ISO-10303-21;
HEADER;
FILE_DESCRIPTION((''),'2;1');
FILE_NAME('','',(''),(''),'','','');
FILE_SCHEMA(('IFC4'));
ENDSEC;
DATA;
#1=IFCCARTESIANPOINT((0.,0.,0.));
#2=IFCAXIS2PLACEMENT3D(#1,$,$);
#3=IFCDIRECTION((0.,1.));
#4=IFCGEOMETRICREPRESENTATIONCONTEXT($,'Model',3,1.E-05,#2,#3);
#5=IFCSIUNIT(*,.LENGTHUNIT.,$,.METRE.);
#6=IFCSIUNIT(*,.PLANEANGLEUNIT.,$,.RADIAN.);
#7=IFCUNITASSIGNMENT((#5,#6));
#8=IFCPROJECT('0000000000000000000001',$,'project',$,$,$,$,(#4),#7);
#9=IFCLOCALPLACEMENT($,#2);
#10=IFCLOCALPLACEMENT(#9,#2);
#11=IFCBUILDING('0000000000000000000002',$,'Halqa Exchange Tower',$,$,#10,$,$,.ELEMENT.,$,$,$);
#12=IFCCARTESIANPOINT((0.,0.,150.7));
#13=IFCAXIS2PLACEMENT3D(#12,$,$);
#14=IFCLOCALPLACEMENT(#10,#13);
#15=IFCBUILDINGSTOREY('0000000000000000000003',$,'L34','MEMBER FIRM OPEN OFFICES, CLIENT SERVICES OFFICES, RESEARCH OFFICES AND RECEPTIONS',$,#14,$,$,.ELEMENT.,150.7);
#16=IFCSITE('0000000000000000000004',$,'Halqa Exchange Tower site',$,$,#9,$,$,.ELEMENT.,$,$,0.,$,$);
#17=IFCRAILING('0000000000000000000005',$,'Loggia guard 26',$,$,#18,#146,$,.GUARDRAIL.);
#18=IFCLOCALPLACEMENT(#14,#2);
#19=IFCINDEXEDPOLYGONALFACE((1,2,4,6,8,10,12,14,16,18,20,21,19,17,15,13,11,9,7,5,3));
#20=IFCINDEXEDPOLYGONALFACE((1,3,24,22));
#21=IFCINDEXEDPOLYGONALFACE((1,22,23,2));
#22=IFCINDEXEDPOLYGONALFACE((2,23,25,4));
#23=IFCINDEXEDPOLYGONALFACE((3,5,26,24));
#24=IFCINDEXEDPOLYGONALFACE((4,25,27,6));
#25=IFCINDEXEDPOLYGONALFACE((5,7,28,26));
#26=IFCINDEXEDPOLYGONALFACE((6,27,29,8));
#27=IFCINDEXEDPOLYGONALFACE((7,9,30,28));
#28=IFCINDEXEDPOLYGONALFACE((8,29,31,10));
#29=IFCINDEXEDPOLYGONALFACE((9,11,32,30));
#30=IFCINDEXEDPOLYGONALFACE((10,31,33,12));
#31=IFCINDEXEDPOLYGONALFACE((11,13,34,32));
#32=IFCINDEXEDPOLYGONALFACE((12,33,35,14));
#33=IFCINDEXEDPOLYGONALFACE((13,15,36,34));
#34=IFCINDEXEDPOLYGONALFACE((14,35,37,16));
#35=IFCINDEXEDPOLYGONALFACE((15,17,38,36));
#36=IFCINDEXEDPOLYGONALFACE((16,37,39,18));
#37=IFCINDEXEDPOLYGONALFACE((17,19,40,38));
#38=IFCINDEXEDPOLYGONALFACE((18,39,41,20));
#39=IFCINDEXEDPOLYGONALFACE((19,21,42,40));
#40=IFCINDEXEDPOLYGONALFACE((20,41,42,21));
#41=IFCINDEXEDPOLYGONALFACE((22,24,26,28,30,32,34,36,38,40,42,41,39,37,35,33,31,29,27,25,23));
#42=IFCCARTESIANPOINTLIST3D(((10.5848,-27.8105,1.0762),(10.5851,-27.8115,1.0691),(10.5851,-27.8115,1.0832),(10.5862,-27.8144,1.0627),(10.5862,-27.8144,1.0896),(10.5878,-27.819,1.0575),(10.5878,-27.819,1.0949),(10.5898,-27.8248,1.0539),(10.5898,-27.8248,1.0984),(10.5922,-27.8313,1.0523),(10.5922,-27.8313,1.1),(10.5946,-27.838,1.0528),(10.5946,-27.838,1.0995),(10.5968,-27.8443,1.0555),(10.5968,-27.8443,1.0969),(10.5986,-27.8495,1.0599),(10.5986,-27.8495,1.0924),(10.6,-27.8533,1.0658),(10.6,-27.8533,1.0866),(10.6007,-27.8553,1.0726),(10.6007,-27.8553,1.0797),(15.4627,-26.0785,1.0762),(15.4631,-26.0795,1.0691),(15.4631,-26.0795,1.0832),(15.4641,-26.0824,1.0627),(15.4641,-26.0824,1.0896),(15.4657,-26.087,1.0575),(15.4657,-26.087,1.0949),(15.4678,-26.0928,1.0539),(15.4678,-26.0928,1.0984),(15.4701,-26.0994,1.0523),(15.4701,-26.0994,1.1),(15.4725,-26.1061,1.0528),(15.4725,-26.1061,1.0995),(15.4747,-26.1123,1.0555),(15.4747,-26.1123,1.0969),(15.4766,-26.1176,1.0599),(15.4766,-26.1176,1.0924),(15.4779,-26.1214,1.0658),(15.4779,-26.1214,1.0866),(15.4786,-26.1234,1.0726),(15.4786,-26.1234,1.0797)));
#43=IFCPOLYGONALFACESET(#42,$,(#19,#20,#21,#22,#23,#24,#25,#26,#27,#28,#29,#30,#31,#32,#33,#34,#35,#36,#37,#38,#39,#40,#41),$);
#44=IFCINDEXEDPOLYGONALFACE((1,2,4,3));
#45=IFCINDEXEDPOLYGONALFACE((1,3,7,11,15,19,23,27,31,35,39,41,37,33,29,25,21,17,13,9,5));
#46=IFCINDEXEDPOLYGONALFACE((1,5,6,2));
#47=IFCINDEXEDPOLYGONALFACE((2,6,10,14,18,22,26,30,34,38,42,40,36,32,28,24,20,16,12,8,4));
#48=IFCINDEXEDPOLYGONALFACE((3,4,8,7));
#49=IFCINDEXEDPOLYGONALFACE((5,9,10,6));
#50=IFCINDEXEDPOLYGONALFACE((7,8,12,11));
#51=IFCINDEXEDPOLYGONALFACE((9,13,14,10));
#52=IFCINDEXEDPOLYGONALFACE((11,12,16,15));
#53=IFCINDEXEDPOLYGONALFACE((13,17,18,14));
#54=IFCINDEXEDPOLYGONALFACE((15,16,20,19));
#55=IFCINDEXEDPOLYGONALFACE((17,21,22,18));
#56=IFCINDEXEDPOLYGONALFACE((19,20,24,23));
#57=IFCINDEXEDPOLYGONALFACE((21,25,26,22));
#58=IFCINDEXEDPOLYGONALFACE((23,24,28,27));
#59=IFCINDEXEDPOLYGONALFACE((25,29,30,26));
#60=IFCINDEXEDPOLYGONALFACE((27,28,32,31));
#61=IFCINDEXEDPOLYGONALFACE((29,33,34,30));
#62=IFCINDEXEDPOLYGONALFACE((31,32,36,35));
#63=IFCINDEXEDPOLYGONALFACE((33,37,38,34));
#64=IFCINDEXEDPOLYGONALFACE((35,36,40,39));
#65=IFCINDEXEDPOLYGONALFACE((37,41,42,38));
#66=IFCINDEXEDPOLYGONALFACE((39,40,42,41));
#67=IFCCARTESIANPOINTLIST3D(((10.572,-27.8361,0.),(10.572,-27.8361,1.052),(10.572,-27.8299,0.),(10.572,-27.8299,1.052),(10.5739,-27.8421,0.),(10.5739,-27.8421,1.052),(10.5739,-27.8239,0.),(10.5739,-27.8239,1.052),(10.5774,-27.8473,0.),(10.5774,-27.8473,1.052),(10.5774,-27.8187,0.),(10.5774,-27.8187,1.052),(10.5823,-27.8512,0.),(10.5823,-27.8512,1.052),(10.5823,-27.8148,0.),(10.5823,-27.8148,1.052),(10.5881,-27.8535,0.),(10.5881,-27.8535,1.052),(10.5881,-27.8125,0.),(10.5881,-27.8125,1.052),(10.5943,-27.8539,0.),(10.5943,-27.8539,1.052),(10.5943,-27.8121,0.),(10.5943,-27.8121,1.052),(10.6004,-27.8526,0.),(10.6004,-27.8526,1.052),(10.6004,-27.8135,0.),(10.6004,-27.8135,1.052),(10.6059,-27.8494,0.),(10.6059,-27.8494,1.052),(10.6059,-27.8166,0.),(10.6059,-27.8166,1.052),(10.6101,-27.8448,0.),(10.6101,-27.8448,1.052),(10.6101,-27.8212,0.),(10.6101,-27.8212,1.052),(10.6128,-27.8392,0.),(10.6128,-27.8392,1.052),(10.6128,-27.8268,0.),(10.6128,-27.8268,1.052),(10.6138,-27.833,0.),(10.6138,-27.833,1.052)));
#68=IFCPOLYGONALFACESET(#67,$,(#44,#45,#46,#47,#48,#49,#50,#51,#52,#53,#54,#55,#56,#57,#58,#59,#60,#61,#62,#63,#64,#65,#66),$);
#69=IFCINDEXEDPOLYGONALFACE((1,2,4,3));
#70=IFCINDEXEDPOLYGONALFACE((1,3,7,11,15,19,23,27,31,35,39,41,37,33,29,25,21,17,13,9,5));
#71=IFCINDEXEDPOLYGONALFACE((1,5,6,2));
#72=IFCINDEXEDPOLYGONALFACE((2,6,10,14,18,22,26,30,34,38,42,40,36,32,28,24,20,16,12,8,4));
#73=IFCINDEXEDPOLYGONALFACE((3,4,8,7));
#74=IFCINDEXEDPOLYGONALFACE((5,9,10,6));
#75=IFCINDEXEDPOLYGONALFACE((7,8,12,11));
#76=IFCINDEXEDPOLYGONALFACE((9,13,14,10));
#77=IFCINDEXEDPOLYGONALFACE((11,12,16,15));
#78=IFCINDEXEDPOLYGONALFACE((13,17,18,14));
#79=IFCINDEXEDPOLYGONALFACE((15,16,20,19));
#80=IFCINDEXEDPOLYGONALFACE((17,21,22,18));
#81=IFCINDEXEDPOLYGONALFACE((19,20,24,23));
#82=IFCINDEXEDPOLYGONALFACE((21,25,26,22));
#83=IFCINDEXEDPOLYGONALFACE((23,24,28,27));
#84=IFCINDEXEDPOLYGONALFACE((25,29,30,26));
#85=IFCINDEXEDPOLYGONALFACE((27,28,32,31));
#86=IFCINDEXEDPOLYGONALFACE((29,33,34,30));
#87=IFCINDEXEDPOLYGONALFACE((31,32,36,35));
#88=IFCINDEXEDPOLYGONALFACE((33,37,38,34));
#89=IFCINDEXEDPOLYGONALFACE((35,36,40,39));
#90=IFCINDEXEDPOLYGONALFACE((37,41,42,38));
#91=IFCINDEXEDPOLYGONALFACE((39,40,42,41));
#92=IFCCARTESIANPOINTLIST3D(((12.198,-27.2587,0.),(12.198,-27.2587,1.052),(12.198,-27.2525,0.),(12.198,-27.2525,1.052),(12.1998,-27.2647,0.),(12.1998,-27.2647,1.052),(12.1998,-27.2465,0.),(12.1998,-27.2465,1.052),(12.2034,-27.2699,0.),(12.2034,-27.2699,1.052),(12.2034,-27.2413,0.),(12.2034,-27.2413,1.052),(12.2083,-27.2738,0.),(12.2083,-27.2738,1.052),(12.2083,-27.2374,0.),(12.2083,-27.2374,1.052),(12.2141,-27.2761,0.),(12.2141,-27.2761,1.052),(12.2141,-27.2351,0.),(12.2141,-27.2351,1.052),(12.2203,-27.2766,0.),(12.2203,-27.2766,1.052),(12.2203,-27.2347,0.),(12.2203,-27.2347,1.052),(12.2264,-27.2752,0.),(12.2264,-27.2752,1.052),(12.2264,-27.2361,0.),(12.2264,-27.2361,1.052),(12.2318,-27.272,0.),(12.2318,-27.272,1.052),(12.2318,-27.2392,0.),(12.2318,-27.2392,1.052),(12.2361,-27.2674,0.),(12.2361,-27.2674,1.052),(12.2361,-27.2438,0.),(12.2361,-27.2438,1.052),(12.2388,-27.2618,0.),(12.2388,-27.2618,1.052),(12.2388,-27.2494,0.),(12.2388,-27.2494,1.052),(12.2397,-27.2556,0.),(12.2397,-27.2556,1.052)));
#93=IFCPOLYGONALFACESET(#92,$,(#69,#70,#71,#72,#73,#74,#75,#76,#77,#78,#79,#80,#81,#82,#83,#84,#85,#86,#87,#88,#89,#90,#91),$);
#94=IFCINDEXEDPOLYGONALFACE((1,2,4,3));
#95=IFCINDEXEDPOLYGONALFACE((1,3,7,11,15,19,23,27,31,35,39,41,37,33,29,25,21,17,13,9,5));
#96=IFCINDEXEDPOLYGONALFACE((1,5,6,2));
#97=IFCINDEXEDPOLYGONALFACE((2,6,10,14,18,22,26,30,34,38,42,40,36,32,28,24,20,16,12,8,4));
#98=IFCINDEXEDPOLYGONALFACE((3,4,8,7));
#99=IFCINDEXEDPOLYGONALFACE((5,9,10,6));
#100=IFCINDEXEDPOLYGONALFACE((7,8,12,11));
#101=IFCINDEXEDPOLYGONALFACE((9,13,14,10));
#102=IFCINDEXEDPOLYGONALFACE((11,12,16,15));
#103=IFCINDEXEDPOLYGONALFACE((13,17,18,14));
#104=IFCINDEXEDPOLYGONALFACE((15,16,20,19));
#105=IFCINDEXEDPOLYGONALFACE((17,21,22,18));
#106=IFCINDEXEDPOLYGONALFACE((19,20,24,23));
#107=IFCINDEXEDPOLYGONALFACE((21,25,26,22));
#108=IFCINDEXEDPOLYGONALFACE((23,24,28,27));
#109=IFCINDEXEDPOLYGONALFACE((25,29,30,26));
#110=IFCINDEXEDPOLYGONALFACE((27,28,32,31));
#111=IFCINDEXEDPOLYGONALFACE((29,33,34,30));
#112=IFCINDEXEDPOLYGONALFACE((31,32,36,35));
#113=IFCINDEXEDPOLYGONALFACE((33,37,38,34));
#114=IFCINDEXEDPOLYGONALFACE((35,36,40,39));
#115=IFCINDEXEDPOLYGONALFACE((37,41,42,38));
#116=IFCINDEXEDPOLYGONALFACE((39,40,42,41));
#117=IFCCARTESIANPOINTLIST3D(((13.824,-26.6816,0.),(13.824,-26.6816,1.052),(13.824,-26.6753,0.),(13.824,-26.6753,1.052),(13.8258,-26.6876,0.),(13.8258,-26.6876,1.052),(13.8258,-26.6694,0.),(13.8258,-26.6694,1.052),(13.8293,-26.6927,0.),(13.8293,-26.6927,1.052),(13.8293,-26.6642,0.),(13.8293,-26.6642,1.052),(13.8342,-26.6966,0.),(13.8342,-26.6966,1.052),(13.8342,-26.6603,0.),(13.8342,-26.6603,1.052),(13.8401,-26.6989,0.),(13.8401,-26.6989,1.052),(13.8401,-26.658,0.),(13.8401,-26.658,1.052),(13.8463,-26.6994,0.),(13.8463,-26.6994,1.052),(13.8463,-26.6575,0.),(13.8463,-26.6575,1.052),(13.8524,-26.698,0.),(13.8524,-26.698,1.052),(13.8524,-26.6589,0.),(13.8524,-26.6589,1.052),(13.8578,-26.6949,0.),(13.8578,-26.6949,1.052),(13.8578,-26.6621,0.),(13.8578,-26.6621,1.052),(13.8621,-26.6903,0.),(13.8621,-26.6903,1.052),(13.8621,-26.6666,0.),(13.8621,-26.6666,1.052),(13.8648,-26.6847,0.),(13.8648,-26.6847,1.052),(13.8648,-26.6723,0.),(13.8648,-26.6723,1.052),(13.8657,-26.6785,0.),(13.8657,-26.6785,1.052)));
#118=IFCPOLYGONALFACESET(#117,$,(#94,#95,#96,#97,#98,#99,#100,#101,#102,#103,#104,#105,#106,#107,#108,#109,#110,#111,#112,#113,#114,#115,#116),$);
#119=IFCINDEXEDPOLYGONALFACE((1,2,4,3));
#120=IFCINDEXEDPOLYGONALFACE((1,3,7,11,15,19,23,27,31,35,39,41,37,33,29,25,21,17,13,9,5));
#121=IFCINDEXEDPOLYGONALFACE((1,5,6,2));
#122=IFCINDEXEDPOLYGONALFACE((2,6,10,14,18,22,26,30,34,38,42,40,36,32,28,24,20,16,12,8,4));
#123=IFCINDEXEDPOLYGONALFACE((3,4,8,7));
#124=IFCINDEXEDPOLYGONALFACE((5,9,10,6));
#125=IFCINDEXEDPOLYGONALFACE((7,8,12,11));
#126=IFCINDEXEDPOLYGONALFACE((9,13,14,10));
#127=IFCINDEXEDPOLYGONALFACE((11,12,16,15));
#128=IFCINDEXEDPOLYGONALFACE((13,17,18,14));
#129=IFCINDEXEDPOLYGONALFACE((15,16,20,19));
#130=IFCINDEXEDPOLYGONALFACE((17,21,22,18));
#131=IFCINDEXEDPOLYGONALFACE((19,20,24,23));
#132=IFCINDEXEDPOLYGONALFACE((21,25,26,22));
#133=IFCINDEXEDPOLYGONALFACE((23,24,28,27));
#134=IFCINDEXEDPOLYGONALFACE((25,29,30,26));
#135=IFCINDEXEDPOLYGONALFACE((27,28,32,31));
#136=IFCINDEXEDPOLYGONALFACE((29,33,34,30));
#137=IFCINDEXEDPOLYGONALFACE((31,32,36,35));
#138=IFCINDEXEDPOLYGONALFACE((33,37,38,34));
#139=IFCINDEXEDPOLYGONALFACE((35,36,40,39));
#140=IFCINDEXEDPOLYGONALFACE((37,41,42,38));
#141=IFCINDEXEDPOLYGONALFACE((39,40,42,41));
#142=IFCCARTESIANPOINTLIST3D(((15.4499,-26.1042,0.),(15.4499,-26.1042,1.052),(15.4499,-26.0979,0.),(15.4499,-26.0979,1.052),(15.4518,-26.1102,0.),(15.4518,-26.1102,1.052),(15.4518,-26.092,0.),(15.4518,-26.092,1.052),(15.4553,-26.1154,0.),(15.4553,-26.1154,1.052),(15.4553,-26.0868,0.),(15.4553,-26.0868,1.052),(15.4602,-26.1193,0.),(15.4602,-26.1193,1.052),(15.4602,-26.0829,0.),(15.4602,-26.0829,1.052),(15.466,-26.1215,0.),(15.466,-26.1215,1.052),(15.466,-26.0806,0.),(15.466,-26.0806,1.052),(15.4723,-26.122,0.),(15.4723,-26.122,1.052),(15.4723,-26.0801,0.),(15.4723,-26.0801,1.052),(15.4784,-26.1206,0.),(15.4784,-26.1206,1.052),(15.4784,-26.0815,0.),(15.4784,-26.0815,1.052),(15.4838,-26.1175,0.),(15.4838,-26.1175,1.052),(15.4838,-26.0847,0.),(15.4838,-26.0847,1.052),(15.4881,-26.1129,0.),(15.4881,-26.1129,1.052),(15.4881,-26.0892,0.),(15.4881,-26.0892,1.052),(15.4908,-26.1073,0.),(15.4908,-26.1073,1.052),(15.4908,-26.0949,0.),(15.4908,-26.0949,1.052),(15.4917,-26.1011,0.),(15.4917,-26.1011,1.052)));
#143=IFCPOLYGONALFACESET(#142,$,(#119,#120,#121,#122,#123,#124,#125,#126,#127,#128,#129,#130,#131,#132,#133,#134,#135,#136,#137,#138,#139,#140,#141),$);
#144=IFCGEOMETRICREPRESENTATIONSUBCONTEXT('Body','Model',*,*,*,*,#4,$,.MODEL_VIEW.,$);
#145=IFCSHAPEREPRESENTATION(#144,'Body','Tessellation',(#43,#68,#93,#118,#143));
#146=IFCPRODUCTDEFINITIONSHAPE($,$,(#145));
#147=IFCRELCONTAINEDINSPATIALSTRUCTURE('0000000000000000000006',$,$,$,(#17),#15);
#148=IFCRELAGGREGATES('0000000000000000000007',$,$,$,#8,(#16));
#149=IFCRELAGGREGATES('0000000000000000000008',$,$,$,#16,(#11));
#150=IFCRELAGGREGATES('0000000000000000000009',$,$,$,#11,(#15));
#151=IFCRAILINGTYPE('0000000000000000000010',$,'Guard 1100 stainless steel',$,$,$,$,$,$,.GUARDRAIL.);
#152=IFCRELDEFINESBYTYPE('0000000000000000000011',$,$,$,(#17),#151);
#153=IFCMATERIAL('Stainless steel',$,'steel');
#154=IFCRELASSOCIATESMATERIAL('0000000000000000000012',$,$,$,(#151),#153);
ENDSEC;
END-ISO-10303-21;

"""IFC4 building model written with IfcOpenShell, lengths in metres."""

from ifc_helpers import new_model, si_unit, direction, frame, origin, origin_2d, place, context, subcontext, project, spatial, circle, extrude, material, type_object, element, save


model = new_model("IFC4")

# Units and contexts
model_context = context("Model", 3, precision=1e-05, world=origin(), true_north=direction((0.0, 1.0)))
body_context = subcontext(model_context, "Body", "Model", "MODEL_VIEW")
ifc_project = project(units=[si_unit("LENGTHUNIT", "METRE"), si_unit("PLANEANGLEUNIT", "RADIAN")], contexts=[model_context])

# Site, building, storey
site_placement = place(None, origin())
site = spatial("IfcSite", under=ifc_project, at=site_placement, Name="Halqa Exchange Tower site", CompositionType="ELEMENT", RefElevation=0.0)
building_placement = place(site_placement, origin())
building = spatial("IfcBuilding", under=site, at=building_placement, Name="Halqa Exchange Tower", CompositionType="ELEMENT")
storey_placement = place(building_placement, frame((0.0, 0.0, 150.7)))
storey = spatial("IfcBuildingStorey", under=building, at=storey_placement, Name="L34", Description="MEMBER FIRM OPEN OFFICES, CLIENT SERVICES OFFICES, RESEARCH OFFICES AND RECEPTIONS", CompositionType="ELEMENT", Elevation=150.7)

# Railing
ifc_material_1 = material(Name="Stainless steel", Category="steel")
railing_type_1 = type_object("IfcRailingType", Name="Guard 1100 stainless steel", PredefinedType="GUARDRAIL", material=ifc_material_1)
railing_1_placement = place(storey_placement, frame((10.5928, -27.833, 0.0)))
element("IfcRailing", 1, at=railing_1_placement, inside=storey, type_object=railing_type_1, Name="Loggia guard 26", PredefinedType="GUARDRAIL", context=body_context, shape_type="SweptSolid", body=[
    extrude(circle(Radius=0.0239, at=origin_2d()), frame((0.0, 0.0, 1.0762), z_axis=(0.942363, 0.334591, 0.0), x_axis=(-0.334591, 0.942363, 0.0)), (0.0, 0.0, 1.0), 5.1763),
    extrude(circle(Radius=0.021, at=origin_2d()), origin(), (0.0, 0.0, 1.0), 1.052),
    extrude(circle(Radius=0.021, at=origin_2d()), frame((1.626, 0.5774, 0.0)), (0.0, 0.0, 1.0), 1.052),
    extrude(circle(Radius=0.021, at=origin_2d()), frame((3.252, 1.1545, 0.0)), (0.0, 0.0, 1.0), 1.052),
    extrude(circle(Radius=0.021, at=origin_2d()), frame((4.8779, 1.7319, 0.0)), (0.0, 0.0, 1.0), 1.052),
])

save(model, "model.ifc")
